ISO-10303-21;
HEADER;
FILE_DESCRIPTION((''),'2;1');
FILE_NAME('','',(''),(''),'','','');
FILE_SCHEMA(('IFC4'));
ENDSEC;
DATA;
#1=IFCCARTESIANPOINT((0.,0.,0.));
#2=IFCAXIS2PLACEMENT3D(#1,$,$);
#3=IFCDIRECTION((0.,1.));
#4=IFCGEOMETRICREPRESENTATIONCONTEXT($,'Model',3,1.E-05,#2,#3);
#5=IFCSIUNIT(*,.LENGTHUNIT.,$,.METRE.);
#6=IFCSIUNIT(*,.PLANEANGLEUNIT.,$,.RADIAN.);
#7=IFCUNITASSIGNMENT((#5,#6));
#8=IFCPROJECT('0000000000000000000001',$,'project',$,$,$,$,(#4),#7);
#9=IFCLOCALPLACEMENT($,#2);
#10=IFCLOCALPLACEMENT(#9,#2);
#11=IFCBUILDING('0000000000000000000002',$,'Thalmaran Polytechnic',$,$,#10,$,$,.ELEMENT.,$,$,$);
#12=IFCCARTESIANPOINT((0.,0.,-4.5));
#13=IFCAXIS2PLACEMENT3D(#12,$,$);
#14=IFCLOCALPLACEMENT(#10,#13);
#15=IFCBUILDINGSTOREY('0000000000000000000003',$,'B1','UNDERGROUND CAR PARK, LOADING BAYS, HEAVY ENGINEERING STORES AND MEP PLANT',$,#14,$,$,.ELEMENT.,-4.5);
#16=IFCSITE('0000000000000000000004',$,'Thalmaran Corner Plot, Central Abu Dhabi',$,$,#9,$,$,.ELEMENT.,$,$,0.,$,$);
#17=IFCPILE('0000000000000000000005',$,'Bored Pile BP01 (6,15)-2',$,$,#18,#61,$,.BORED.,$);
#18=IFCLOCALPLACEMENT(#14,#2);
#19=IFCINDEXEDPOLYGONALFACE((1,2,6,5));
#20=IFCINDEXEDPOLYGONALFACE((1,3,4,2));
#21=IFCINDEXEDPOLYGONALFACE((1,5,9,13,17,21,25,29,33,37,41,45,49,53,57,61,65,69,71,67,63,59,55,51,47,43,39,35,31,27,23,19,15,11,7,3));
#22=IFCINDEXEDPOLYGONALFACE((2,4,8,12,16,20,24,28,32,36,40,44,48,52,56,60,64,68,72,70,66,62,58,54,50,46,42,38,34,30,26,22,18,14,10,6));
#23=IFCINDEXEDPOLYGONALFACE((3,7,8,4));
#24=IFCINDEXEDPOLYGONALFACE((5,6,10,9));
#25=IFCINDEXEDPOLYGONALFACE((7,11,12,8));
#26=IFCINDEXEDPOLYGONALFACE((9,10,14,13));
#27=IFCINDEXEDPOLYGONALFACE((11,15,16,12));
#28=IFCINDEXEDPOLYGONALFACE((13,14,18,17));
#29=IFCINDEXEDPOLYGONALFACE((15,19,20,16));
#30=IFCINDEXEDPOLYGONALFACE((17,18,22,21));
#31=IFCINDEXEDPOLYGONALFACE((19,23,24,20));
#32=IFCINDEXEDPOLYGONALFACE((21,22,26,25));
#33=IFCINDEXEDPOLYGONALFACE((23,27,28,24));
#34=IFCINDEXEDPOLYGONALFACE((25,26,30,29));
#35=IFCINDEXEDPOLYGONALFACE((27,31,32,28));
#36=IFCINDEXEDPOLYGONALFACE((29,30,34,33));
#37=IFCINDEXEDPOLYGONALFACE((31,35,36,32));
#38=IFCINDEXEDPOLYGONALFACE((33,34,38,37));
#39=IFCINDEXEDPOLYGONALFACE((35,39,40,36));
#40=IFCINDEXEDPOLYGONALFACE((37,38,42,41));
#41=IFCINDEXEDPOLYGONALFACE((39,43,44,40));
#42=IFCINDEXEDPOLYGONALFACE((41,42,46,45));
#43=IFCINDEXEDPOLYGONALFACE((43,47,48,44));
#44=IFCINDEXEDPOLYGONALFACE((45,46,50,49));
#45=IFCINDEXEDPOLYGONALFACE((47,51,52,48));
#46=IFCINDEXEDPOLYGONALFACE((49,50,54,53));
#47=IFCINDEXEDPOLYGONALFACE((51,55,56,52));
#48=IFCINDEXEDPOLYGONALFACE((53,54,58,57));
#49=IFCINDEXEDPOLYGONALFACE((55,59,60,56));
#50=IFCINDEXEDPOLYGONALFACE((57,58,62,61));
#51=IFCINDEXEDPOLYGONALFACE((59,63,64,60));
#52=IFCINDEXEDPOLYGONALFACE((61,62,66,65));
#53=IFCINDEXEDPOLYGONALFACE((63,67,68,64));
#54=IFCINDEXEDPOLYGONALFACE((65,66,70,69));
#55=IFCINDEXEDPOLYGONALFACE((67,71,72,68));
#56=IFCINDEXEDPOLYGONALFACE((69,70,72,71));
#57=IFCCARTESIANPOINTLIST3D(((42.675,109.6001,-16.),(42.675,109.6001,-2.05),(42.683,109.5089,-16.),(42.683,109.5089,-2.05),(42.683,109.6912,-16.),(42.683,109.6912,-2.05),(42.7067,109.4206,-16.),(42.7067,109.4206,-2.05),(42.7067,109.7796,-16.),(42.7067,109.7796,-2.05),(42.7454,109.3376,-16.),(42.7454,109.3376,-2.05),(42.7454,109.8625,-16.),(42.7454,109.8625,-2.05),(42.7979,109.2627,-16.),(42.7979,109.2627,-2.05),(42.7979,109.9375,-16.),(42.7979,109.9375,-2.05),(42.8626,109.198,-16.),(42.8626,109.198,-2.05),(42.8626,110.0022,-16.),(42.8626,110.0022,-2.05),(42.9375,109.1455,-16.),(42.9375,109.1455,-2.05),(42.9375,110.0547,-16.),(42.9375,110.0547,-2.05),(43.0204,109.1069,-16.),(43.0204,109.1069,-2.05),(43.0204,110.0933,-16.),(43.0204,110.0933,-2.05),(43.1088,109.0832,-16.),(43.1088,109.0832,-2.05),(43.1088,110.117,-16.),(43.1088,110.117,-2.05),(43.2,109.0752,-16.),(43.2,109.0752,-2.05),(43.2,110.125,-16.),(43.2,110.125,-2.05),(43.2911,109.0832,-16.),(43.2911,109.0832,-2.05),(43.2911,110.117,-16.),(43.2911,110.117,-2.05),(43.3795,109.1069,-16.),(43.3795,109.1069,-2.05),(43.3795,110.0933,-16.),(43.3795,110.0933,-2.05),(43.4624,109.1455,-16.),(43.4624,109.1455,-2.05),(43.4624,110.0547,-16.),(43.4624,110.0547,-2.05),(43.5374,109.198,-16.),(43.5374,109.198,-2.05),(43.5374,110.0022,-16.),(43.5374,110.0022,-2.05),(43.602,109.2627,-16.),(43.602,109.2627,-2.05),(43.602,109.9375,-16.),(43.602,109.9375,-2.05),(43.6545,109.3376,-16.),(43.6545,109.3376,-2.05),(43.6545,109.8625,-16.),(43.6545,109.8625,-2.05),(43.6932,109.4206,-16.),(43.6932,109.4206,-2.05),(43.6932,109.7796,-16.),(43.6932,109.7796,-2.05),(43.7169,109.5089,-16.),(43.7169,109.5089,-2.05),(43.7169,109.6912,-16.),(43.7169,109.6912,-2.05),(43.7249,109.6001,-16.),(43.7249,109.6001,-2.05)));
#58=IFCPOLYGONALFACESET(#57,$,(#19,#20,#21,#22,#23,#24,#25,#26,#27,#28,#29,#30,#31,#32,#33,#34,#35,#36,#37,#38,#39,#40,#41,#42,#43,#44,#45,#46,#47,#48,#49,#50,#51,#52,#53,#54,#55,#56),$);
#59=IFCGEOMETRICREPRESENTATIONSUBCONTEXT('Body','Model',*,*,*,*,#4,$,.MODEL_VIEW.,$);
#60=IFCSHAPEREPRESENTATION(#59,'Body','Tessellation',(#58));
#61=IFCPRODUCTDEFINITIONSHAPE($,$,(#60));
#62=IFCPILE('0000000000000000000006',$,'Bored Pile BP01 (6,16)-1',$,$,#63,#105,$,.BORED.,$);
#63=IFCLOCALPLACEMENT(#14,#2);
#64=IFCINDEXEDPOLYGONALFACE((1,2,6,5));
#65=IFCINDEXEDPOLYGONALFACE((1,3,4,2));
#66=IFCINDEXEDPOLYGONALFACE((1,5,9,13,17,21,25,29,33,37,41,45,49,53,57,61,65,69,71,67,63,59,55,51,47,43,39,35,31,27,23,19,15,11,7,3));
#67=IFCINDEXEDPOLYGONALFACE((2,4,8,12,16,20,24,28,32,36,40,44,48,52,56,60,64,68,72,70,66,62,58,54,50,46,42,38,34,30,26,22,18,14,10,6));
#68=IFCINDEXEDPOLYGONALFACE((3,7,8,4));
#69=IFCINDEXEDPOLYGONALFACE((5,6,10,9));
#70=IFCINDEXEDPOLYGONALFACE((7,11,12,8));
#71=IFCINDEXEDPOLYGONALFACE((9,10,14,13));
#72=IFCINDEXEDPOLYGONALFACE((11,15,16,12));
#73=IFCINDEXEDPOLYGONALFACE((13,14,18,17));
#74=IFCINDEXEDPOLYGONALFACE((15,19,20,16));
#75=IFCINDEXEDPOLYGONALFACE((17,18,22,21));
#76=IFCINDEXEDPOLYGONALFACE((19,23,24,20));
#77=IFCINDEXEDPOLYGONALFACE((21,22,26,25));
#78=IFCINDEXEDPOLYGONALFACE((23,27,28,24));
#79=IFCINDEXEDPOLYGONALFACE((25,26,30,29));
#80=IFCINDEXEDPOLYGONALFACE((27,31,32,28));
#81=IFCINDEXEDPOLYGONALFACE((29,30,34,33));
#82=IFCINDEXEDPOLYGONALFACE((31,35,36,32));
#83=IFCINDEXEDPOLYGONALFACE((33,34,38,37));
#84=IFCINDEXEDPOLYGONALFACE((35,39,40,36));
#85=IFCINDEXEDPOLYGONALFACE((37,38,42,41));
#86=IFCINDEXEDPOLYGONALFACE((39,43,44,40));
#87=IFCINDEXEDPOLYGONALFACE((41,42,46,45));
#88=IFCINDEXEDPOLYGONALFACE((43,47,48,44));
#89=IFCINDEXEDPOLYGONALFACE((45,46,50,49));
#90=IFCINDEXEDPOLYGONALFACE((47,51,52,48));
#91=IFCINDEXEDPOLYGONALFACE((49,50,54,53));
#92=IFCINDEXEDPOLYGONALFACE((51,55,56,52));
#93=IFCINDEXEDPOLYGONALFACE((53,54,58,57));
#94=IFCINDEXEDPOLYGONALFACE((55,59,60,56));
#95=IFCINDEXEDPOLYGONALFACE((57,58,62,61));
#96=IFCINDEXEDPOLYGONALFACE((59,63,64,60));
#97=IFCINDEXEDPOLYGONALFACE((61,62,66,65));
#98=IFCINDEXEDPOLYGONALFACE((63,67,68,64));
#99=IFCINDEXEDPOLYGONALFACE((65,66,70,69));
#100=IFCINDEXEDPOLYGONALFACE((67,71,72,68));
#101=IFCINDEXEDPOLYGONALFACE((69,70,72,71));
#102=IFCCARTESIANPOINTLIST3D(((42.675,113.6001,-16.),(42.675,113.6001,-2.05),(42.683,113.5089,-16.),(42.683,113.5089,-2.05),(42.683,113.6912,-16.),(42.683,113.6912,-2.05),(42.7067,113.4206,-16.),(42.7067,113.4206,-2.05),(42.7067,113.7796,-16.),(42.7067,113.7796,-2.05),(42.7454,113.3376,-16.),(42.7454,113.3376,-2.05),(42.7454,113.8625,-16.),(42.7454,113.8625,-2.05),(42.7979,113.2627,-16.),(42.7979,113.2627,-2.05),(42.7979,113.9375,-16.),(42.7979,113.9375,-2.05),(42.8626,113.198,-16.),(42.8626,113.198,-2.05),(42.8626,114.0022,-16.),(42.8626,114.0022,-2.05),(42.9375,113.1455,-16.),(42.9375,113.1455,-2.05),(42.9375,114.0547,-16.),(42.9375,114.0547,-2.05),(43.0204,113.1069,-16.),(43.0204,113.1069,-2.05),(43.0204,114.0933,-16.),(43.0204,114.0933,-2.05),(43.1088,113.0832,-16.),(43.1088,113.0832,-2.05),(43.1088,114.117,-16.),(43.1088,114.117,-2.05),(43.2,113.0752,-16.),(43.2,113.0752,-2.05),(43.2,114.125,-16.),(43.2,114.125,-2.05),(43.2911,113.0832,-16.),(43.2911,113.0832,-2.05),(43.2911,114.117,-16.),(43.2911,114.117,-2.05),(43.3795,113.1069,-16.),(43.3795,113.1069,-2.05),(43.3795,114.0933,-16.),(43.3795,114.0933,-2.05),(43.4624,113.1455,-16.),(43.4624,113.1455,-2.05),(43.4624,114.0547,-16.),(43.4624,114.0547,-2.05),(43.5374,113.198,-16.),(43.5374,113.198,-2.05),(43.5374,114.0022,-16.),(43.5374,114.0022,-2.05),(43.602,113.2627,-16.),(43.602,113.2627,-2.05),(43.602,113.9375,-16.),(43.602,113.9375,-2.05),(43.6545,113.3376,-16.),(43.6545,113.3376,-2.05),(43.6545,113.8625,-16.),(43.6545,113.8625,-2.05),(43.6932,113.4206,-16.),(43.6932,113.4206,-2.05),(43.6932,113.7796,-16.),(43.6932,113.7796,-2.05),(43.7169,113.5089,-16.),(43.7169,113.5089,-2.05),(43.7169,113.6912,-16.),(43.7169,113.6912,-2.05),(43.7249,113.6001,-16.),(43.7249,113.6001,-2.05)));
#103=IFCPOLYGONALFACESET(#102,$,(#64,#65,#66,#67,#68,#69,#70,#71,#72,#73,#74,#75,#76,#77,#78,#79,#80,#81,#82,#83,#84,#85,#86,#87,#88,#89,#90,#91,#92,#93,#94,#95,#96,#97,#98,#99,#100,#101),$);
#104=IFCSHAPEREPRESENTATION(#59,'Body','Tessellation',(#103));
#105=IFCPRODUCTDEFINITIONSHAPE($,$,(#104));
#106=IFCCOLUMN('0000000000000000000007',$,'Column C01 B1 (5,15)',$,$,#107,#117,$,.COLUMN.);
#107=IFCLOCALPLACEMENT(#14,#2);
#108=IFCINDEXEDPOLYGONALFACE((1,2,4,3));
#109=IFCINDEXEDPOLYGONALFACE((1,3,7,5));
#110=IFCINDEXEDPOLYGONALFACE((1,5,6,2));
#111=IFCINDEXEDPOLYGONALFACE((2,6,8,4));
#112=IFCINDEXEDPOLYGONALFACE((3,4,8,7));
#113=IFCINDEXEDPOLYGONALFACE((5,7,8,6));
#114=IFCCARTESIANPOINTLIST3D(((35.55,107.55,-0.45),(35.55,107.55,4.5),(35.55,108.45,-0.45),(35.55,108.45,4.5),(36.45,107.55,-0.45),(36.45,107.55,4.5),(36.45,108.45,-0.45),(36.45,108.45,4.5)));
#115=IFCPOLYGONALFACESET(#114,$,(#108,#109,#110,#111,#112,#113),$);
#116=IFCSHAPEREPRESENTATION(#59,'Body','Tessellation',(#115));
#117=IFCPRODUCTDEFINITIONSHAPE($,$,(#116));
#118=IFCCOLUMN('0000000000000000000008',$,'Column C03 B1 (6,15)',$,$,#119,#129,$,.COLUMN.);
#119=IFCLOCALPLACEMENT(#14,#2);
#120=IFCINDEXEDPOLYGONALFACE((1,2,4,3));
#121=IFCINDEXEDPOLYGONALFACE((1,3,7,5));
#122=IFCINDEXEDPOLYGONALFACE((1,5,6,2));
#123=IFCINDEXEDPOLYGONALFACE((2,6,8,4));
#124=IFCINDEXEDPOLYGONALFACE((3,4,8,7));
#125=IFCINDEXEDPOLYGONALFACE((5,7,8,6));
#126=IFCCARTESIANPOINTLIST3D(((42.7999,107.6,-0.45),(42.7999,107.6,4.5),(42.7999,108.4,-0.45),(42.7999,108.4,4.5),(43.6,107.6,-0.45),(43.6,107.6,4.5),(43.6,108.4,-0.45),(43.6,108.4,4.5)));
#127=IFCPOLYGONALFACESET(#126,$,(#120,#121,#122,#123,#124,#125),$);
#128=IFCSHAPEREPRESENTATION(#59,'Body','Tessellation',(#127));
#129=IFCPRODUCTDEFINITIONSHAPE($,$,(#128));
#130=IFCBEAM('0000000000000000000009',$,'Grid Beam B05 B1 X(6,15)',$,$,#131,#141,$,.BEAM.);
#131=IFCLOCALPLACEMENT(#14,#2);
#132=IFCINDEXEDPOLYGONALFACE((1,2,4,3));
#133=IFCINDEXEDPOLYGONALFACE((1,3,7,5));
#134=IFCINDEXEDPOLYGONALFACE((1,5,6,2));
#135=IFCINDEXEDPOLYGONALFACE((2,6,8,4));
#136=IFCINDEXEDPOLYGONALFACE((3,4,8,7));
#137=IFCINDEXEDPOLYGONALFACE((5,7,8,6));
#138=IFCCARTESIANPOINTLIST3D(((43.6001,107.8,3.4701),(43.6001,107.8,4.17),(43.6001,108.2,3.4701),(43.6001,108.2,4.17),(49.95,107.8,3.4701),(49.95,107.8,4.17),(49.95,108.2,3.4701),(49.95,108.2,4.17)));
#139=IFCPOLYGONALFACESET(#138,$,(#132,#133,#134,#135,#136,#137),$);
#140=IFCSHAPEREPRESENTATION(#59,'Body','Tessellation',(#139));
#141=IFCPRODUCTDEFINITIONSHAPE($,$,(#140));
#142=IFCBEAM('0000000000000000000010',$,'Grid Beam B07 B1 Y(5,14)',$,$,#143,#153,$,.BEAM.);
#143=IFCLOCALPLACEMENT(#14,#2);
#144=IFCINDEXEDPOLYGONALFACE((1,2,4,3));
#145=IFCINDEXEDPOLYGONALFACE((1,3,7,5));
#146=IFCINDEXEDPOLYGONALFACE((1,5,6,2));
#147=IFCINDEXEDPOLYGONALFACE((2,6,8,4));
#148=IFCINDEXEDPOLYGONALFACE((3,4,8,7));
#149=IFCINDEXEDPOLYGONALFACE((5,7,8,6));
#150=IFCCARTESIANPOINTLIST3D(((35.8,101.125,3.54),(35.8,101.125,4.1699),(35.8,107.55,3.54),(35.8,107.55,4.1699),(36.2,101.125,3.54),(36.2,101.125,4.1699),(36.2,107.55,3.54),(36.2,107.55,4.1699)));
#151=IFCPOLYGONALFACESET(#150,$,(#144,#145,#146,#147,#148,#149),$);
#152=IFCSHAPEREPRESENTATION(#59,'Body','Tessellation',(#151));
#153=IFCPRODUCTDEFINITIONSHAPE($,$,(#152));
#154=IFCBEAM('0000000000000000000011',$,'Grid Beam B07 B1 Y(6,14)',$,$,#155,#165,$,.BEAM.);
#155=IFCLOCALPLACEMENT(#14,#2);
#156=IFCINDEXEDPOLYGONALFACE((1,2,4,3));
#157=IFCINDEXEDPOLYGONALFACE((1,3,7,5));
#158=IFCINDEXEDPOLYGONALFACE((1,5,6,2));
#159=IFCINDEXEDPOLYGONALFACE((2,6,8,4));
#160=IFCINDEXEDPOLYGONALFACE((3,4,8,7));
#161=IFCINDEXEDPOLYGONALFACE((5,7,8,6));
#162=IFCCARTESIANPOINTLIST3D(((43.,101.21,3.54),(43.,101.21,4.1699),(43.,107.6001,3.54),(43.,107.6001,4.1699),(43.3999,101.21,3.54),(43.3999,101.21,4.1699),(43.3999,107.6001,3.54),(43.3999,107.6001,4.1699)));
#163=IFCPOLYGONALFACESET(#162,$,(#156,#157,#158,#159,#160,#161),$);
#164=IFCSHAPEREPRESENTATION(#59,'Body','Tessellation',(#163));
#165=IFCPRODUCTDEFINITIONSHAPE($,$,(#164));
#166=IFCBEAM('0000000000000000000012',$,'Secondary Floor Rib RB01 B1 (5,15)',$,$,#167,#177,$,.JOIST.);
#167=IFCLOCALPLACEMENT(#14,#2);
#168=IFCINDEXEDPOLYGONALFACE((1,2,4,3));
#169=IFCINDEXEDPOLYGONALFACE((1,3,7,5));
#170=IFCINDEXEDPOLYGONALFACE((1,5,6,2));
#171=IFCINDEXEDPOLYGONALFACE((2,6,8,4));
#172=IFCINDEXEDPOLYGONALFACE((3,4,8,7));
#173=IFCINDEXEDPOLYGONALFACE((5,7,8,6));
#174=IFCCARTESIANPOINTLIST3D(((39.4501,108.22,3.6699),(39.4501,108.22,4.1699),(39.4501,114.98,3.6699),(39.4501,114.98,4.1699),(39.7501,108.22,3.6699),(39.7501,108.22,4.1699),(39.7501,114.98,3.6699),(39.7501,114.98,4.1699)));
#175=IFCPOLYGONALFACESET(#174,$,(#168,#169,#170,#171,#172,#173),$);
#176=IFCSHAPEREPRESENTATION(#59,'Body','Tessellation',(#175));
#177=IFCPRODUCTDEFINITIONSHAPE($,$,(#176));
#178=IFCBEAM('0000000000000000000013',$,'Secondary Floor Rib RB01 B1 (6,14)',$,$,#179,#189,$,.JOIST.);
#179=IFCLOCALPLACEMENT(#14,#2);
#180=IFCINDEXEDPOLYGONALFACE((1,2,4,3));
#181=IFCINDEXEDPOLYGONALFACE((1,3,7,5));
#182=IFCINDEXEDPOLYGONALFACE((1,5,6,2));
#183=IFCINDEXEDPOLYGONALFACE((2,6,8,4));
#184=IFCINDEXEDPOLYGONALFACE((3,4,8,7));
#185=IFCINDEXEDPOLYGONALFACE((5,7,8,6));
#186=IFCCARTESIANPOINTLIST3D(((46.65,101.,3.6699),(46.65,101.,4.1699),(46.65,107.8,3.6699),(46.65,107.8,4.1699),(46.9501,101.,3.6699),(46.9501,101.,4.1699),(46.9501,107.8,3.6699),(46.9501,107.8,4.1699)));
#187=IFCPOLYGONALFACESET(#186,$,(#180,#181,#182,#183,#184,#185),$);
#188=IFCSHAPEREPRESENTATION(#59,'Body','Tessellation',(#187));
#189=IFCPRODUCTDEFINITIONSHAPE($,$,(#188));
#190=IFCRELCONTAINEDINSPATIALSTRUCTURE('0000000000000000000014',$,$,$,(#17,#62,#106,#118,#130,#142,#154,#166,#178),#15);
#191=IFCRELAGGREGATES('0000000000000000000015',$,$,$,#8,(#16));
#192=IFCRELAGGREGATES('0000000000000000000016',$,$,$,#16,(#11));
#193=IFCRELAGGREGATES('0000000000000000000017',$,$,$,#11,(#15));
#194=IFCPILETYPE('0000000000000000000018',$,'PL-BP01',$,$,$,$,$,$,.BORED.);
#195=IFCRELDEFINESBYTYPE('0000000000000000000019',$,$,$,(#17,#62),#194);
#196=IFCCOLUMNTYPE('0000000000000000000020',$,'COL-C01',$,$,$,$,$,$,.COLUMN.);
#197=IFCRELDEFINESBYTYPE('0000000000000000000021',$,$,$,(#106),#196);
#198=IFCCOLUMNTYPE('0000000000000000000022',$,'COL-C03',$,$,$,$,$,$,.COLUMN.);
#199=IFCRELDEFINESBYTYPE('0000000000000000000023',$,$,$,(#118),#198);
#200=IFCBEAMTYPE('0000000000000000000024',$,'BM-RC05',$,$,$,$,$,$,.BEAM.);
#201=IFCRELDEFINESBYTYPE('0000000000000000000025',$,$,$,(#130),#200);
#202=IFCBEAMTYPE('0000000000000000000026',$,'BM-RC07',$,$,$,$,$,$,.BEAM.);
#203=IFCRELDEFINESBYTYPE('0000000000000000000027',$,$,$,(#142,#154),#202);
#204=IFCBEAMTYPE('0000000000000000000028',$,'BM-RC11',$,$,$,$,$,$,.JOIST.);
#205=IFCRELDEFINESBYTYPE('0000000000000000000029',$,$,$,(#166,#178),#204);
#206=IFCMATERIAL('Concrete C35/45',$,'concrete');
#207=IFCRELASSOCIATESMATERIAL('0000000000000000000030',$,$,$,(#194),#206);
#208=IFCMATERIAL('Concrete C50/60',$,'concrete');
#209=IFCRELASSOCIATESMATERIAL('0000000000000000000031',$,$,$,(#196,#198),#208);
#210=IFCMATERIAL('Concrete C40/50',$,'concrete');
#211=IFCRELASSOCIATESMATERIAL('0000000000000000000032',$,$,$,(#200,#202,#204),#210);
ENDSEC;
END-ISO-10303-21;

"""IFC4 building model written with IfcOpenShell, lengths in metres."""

from ifc_helpers import new_model, si_unit, direction, frame, origin, origin_2d, place, context, subcontext, project, spatial, rectangle, circle, extrude, material, material_profile, profile_set, type_object, element, save


model = new_model("IFC4")

# Units and contexts
model_context = context("Model", 3, precision=1e-05, world=origin(), true_north=direction((0.0, 1.0)))
body_context = subcontext(model_context, "Body", "Model", "MODEL_VIEW")
ifc_project = project(units=[si_unit("LENGTHUNIT", "METRE"), si_unit("PLANEANGLEUNIT", "RADIAN")], contexts=[model_context])

# Site, building, storey
site_placement = place(None, origin())
site = spatial("IfcSite", under=ifc_project, at=site_placement, Name="Thalmaran Corner Plot, Central Abu Dhabi", CompositionType="ELEMENT", RefElevation=0.0)
building_placement = place(site_placement, origin())
building = spatial("IfcBuilding", under=site, at=building_placement, Name="Thalmaran Polytechnic", CompositionType="ELEMENT")
storey_placement = place(building_placement, frame((0.0, 0.0, -4.5)))
storey = spatial("IfcBuildingStorey", under=building, at=storey_placement, Name="B1", Description="UNDERGROUND CAR PARK, LOADING BAYS, HEAVY ENGINEERING STORES AND MEP PLANT", CompositionType="ELEMENT", Elevation=-4.5)

# Shared definitions
ifc_material_1 = material(Name="Concrete C40/50", Category="concrete")

# Piles
ifc_material_2 = material(Name="Concrete C35/45", Category="concrete")
ifc_material_profile_1 = material_profile(ifc_material_2, circle(Radius=0.5249, at=origin_2d()), Name="RC 1050 DIA")
ifc_profile_set_1 = profile_set([ifc_material_profile_1], Name="Concrete C35/45")
pile_type = type_object("IfcPileType", Name="PL-BP01", PredefinedType="BORED", material=ifc_profile_set_1)
for number, where, z_axis, x_axis, name in (
    (1, (43.2, 109.6001, -2.05), (0.0, 0.0, -1.0), (1.0, 0.0, 0.0), "Bored Pile BP01 (6,15)-2"),
    (2, (43.2, 113.6001, -2.05), (0.0, 0.0, -1.0), (1.0, 0.0, 0.0), "Bored Pile BP01 (6,16)-1"),
):
    element("IfcPile", number, at=place(storey_placement, frame(where, z_axis=z_axis, x_axis=x_axis)), inside=storey, type_object=pile_type, Name=name, PredefinedType="BORED", context=body_context, shape_type="SweptSolid", body=[
        extrude(circle(Radius=0.5249, at=origin_2d()), origin(), (0.0, 0.0, 1.0), 13.95),
    ])

# Columns
ifc_material_3 = material(Name="Concrete C50/60", Category="concrete")
ifc_material_profile_2 = material_profile(ifc_material_3, rectangle(XDim=0.8999, YDim=0.8999, at=origin_2d()), Name="RC 900x900")
ifc_profile_set_2 = profile_set([ifc_material_profile_2], Name="Concrete C50/60")
column_type_1 = type_object("IfcColumnType", Name="COL-C01", PredefinedType="COLUMN", material=ifc_profile_set_2)
column_1_placement = place(storey_placement, frame((36.0, 108.0, -0.45), z_axis=(0.0, 0.0, 1.0), x_axis=(1.0, 0.0, 0.0)))
element("IfcColumn", 3, at=column_1_placement, inside=storey, type_object=column_type_1, Name="Column C01 B1 (5,15)", PredefinedType="COLUMN", context=body_context, shape_type="SweptSolid", body=[
    extrude(rectangle(XDim=0.8999, YDim=0.8999, at=origin_2d()), origin(), (0.0, 0.0, 1.0), 4.95),
])
ifc_material_profile_3 = material_profile(ifc_material_3, rectangle(XDim=0.8, YDim=0.8, at=origin_2d()), Name="RC 800x800")
ifc_profile_set_3 = profile_set([ifc_material_profile_3], Name="Concrete C50/60")
column_type_2 = type_object("IfcColumnType", Name="COL-C03", PredefinedType="COLUMN", material=ifc_profile_set_3)
column_2_placement = place(storey_placement, frame((43.2, 108.0, -0.45), z_axis=(0.0, 0.0, 1.0), x_axis=(1.0, 0.0, 0.0)))
element("IfcColumn", 4, at=column_2_placement, inside=storey, type_object=column_type_2, Name="Column C03 B1 (6,15)", PredefinedType="COLUMN", context=body_context, shape_type="SweptSolid", body=[
    extrude(rectangle(XDim=0.8, YDim=0.8, at=origin_2d()), origin(), (0.0, 0.0, 1.0), 4.95),
])

# Beams
ifc_material_profile_4 = material_profile(ifc_material_1, rectangle(XDim=0.3999, YDim=0.7, at=origin_2d()), Name="RC 400x700")
ifc_profile_set_4 = profile_set([ifc_material_profile_4], Name="Concrete C40/50")
beam_type_1 = type_object("IfcBeamType", Name="BM-RC05", PredefinedType="BEAM", material=ifc_profile_set_4)
beam_1_placement = place(storey_placement, frame((43.6001, 108.0, 3.8201), z_axis=(1.0, 0.0, 0.0), x_axis=(0.0, 1.0, 0.0)))
element("IfcBeam", 5, at=beam_1_placement, inside=storey, type_object=beam_type_1, Name="Grid Beam B05 B1 X(6,15)", PredefinedType="BEAM", context=body_context, shape_type="SweptSolid", body=[
    extrude(rectangle(XDim=0.3999, YDim=0.7, at=origin_2d()), origin(), (0.0, 0.0, 1.0), 6.3499),
])
ifc_material_profile_5 = material_profile(ifc_material_1, rectangle(XDim=0.3999, YDim=0.6299, at=origin_2d()), Name="RC 400x630")
ifc_profile_set_5 = profile_set([ifc_material_profile_5], Name="Concrete C40/50")
beam_type_2 = type_object("IfcBeamType", Name="BM-RC07", PredefinedType="BEAM", material=ifc_profile_set_5)
beam_2_placement = place(storey_placement, frame((36.0, 101.125, 3.855), z_axis=(0.0, 1.0, 0.0), x_axis=(-1.0, 0.0, 0.0)))
element("IfcBeam", 6, at=beam_2_placement, inside=storey, type_object=beam_type_2, Name="Grid Beam B07 B1 Y(5,14)", PredefinedType="BEAM", context=body_context, shape_type="SweptSolid", body=[
    extrude(rectangle(XDim=0.3999, YDim=0.6299, at=origin_2d()), origin(), (0.0, 0.0, 1.0), 6.425),
])
beam_3_placement = place(storey_placement, frame((43.2, 101.21, 3.855), z_axis=(0.0, 1.0, 0.0), x_axis=(-1.0, 0.0, 0.0)))
element("IfcBeam", 7, at=beam_3_placement, inside=storey, type_object=beam_type_2, Name="Grid Beam B07 B1 Y(6,14)", PredefinedType="BEAM", context=body_context, shape_type="SweptSolid", body=[
    extrude(rectangle(XDim=0.3999, YDim=0.6299, at=origin_2d()), origin(), (0.0, 0.0, 1.0), 6.3901),
])
ifc_material_profile_6 = material_profile(ifc_material_1, rectangle(XDim=0.3, YDim=0.5, at=origin_2d()), Name="RC 300x500")
ifc_profile_set_6 = profile_set([ifc_material_profile_6], Name="Concrete C40/50")
beam_type_3 = type_object("IfcBeamType", Name="BM-RC11", PredefinedType="JOIST", material=ifc_profile_set_6)
beam_4_placement = place(storey_placement, frame((39.6001, 108.22, 3.9199), z_axis=(0.0, 1.0, 0.0), x_axis=(-1.0, 0.0, 0.0)))
element("IfcBeam", 8, at=beam_4_placement, inside=storey, type_object=beam_type_3, Name="Secondary Floor Rib RB01 B1 (5,15)", PredefinedType="JOIST", context=body_context, shape_type="SweptSolid", body=[
    extrude(rectangle(XDim=0.3, YDim=0.5, at=origin_2d()), origin(), (0.0, 0.0, 1.0), 6.76),
])
beam_5_placement = place(storey_placement, frame((46.8, 101.0, 3.9199), z_axis=(0.0, 1.0, 0.0), x_axis=(-1.0, 0.0, 0.0)))
element("IfcBeam", 9, at=beam_5_placement, inside=storey, type_object=beam_type_3, Name="Secondary Floor Rib RB01 B1 (6,14)", PredefinedType="JOIST", context=body_context, shape_type="SweptSolid", body=[
    extrude(rectangle(XDim=0.3, YDim=0.5, at=origin_2d()), origin(), (0.0, 0.0, 1.0), 6.8),
])

save(model, "model.ifc")
